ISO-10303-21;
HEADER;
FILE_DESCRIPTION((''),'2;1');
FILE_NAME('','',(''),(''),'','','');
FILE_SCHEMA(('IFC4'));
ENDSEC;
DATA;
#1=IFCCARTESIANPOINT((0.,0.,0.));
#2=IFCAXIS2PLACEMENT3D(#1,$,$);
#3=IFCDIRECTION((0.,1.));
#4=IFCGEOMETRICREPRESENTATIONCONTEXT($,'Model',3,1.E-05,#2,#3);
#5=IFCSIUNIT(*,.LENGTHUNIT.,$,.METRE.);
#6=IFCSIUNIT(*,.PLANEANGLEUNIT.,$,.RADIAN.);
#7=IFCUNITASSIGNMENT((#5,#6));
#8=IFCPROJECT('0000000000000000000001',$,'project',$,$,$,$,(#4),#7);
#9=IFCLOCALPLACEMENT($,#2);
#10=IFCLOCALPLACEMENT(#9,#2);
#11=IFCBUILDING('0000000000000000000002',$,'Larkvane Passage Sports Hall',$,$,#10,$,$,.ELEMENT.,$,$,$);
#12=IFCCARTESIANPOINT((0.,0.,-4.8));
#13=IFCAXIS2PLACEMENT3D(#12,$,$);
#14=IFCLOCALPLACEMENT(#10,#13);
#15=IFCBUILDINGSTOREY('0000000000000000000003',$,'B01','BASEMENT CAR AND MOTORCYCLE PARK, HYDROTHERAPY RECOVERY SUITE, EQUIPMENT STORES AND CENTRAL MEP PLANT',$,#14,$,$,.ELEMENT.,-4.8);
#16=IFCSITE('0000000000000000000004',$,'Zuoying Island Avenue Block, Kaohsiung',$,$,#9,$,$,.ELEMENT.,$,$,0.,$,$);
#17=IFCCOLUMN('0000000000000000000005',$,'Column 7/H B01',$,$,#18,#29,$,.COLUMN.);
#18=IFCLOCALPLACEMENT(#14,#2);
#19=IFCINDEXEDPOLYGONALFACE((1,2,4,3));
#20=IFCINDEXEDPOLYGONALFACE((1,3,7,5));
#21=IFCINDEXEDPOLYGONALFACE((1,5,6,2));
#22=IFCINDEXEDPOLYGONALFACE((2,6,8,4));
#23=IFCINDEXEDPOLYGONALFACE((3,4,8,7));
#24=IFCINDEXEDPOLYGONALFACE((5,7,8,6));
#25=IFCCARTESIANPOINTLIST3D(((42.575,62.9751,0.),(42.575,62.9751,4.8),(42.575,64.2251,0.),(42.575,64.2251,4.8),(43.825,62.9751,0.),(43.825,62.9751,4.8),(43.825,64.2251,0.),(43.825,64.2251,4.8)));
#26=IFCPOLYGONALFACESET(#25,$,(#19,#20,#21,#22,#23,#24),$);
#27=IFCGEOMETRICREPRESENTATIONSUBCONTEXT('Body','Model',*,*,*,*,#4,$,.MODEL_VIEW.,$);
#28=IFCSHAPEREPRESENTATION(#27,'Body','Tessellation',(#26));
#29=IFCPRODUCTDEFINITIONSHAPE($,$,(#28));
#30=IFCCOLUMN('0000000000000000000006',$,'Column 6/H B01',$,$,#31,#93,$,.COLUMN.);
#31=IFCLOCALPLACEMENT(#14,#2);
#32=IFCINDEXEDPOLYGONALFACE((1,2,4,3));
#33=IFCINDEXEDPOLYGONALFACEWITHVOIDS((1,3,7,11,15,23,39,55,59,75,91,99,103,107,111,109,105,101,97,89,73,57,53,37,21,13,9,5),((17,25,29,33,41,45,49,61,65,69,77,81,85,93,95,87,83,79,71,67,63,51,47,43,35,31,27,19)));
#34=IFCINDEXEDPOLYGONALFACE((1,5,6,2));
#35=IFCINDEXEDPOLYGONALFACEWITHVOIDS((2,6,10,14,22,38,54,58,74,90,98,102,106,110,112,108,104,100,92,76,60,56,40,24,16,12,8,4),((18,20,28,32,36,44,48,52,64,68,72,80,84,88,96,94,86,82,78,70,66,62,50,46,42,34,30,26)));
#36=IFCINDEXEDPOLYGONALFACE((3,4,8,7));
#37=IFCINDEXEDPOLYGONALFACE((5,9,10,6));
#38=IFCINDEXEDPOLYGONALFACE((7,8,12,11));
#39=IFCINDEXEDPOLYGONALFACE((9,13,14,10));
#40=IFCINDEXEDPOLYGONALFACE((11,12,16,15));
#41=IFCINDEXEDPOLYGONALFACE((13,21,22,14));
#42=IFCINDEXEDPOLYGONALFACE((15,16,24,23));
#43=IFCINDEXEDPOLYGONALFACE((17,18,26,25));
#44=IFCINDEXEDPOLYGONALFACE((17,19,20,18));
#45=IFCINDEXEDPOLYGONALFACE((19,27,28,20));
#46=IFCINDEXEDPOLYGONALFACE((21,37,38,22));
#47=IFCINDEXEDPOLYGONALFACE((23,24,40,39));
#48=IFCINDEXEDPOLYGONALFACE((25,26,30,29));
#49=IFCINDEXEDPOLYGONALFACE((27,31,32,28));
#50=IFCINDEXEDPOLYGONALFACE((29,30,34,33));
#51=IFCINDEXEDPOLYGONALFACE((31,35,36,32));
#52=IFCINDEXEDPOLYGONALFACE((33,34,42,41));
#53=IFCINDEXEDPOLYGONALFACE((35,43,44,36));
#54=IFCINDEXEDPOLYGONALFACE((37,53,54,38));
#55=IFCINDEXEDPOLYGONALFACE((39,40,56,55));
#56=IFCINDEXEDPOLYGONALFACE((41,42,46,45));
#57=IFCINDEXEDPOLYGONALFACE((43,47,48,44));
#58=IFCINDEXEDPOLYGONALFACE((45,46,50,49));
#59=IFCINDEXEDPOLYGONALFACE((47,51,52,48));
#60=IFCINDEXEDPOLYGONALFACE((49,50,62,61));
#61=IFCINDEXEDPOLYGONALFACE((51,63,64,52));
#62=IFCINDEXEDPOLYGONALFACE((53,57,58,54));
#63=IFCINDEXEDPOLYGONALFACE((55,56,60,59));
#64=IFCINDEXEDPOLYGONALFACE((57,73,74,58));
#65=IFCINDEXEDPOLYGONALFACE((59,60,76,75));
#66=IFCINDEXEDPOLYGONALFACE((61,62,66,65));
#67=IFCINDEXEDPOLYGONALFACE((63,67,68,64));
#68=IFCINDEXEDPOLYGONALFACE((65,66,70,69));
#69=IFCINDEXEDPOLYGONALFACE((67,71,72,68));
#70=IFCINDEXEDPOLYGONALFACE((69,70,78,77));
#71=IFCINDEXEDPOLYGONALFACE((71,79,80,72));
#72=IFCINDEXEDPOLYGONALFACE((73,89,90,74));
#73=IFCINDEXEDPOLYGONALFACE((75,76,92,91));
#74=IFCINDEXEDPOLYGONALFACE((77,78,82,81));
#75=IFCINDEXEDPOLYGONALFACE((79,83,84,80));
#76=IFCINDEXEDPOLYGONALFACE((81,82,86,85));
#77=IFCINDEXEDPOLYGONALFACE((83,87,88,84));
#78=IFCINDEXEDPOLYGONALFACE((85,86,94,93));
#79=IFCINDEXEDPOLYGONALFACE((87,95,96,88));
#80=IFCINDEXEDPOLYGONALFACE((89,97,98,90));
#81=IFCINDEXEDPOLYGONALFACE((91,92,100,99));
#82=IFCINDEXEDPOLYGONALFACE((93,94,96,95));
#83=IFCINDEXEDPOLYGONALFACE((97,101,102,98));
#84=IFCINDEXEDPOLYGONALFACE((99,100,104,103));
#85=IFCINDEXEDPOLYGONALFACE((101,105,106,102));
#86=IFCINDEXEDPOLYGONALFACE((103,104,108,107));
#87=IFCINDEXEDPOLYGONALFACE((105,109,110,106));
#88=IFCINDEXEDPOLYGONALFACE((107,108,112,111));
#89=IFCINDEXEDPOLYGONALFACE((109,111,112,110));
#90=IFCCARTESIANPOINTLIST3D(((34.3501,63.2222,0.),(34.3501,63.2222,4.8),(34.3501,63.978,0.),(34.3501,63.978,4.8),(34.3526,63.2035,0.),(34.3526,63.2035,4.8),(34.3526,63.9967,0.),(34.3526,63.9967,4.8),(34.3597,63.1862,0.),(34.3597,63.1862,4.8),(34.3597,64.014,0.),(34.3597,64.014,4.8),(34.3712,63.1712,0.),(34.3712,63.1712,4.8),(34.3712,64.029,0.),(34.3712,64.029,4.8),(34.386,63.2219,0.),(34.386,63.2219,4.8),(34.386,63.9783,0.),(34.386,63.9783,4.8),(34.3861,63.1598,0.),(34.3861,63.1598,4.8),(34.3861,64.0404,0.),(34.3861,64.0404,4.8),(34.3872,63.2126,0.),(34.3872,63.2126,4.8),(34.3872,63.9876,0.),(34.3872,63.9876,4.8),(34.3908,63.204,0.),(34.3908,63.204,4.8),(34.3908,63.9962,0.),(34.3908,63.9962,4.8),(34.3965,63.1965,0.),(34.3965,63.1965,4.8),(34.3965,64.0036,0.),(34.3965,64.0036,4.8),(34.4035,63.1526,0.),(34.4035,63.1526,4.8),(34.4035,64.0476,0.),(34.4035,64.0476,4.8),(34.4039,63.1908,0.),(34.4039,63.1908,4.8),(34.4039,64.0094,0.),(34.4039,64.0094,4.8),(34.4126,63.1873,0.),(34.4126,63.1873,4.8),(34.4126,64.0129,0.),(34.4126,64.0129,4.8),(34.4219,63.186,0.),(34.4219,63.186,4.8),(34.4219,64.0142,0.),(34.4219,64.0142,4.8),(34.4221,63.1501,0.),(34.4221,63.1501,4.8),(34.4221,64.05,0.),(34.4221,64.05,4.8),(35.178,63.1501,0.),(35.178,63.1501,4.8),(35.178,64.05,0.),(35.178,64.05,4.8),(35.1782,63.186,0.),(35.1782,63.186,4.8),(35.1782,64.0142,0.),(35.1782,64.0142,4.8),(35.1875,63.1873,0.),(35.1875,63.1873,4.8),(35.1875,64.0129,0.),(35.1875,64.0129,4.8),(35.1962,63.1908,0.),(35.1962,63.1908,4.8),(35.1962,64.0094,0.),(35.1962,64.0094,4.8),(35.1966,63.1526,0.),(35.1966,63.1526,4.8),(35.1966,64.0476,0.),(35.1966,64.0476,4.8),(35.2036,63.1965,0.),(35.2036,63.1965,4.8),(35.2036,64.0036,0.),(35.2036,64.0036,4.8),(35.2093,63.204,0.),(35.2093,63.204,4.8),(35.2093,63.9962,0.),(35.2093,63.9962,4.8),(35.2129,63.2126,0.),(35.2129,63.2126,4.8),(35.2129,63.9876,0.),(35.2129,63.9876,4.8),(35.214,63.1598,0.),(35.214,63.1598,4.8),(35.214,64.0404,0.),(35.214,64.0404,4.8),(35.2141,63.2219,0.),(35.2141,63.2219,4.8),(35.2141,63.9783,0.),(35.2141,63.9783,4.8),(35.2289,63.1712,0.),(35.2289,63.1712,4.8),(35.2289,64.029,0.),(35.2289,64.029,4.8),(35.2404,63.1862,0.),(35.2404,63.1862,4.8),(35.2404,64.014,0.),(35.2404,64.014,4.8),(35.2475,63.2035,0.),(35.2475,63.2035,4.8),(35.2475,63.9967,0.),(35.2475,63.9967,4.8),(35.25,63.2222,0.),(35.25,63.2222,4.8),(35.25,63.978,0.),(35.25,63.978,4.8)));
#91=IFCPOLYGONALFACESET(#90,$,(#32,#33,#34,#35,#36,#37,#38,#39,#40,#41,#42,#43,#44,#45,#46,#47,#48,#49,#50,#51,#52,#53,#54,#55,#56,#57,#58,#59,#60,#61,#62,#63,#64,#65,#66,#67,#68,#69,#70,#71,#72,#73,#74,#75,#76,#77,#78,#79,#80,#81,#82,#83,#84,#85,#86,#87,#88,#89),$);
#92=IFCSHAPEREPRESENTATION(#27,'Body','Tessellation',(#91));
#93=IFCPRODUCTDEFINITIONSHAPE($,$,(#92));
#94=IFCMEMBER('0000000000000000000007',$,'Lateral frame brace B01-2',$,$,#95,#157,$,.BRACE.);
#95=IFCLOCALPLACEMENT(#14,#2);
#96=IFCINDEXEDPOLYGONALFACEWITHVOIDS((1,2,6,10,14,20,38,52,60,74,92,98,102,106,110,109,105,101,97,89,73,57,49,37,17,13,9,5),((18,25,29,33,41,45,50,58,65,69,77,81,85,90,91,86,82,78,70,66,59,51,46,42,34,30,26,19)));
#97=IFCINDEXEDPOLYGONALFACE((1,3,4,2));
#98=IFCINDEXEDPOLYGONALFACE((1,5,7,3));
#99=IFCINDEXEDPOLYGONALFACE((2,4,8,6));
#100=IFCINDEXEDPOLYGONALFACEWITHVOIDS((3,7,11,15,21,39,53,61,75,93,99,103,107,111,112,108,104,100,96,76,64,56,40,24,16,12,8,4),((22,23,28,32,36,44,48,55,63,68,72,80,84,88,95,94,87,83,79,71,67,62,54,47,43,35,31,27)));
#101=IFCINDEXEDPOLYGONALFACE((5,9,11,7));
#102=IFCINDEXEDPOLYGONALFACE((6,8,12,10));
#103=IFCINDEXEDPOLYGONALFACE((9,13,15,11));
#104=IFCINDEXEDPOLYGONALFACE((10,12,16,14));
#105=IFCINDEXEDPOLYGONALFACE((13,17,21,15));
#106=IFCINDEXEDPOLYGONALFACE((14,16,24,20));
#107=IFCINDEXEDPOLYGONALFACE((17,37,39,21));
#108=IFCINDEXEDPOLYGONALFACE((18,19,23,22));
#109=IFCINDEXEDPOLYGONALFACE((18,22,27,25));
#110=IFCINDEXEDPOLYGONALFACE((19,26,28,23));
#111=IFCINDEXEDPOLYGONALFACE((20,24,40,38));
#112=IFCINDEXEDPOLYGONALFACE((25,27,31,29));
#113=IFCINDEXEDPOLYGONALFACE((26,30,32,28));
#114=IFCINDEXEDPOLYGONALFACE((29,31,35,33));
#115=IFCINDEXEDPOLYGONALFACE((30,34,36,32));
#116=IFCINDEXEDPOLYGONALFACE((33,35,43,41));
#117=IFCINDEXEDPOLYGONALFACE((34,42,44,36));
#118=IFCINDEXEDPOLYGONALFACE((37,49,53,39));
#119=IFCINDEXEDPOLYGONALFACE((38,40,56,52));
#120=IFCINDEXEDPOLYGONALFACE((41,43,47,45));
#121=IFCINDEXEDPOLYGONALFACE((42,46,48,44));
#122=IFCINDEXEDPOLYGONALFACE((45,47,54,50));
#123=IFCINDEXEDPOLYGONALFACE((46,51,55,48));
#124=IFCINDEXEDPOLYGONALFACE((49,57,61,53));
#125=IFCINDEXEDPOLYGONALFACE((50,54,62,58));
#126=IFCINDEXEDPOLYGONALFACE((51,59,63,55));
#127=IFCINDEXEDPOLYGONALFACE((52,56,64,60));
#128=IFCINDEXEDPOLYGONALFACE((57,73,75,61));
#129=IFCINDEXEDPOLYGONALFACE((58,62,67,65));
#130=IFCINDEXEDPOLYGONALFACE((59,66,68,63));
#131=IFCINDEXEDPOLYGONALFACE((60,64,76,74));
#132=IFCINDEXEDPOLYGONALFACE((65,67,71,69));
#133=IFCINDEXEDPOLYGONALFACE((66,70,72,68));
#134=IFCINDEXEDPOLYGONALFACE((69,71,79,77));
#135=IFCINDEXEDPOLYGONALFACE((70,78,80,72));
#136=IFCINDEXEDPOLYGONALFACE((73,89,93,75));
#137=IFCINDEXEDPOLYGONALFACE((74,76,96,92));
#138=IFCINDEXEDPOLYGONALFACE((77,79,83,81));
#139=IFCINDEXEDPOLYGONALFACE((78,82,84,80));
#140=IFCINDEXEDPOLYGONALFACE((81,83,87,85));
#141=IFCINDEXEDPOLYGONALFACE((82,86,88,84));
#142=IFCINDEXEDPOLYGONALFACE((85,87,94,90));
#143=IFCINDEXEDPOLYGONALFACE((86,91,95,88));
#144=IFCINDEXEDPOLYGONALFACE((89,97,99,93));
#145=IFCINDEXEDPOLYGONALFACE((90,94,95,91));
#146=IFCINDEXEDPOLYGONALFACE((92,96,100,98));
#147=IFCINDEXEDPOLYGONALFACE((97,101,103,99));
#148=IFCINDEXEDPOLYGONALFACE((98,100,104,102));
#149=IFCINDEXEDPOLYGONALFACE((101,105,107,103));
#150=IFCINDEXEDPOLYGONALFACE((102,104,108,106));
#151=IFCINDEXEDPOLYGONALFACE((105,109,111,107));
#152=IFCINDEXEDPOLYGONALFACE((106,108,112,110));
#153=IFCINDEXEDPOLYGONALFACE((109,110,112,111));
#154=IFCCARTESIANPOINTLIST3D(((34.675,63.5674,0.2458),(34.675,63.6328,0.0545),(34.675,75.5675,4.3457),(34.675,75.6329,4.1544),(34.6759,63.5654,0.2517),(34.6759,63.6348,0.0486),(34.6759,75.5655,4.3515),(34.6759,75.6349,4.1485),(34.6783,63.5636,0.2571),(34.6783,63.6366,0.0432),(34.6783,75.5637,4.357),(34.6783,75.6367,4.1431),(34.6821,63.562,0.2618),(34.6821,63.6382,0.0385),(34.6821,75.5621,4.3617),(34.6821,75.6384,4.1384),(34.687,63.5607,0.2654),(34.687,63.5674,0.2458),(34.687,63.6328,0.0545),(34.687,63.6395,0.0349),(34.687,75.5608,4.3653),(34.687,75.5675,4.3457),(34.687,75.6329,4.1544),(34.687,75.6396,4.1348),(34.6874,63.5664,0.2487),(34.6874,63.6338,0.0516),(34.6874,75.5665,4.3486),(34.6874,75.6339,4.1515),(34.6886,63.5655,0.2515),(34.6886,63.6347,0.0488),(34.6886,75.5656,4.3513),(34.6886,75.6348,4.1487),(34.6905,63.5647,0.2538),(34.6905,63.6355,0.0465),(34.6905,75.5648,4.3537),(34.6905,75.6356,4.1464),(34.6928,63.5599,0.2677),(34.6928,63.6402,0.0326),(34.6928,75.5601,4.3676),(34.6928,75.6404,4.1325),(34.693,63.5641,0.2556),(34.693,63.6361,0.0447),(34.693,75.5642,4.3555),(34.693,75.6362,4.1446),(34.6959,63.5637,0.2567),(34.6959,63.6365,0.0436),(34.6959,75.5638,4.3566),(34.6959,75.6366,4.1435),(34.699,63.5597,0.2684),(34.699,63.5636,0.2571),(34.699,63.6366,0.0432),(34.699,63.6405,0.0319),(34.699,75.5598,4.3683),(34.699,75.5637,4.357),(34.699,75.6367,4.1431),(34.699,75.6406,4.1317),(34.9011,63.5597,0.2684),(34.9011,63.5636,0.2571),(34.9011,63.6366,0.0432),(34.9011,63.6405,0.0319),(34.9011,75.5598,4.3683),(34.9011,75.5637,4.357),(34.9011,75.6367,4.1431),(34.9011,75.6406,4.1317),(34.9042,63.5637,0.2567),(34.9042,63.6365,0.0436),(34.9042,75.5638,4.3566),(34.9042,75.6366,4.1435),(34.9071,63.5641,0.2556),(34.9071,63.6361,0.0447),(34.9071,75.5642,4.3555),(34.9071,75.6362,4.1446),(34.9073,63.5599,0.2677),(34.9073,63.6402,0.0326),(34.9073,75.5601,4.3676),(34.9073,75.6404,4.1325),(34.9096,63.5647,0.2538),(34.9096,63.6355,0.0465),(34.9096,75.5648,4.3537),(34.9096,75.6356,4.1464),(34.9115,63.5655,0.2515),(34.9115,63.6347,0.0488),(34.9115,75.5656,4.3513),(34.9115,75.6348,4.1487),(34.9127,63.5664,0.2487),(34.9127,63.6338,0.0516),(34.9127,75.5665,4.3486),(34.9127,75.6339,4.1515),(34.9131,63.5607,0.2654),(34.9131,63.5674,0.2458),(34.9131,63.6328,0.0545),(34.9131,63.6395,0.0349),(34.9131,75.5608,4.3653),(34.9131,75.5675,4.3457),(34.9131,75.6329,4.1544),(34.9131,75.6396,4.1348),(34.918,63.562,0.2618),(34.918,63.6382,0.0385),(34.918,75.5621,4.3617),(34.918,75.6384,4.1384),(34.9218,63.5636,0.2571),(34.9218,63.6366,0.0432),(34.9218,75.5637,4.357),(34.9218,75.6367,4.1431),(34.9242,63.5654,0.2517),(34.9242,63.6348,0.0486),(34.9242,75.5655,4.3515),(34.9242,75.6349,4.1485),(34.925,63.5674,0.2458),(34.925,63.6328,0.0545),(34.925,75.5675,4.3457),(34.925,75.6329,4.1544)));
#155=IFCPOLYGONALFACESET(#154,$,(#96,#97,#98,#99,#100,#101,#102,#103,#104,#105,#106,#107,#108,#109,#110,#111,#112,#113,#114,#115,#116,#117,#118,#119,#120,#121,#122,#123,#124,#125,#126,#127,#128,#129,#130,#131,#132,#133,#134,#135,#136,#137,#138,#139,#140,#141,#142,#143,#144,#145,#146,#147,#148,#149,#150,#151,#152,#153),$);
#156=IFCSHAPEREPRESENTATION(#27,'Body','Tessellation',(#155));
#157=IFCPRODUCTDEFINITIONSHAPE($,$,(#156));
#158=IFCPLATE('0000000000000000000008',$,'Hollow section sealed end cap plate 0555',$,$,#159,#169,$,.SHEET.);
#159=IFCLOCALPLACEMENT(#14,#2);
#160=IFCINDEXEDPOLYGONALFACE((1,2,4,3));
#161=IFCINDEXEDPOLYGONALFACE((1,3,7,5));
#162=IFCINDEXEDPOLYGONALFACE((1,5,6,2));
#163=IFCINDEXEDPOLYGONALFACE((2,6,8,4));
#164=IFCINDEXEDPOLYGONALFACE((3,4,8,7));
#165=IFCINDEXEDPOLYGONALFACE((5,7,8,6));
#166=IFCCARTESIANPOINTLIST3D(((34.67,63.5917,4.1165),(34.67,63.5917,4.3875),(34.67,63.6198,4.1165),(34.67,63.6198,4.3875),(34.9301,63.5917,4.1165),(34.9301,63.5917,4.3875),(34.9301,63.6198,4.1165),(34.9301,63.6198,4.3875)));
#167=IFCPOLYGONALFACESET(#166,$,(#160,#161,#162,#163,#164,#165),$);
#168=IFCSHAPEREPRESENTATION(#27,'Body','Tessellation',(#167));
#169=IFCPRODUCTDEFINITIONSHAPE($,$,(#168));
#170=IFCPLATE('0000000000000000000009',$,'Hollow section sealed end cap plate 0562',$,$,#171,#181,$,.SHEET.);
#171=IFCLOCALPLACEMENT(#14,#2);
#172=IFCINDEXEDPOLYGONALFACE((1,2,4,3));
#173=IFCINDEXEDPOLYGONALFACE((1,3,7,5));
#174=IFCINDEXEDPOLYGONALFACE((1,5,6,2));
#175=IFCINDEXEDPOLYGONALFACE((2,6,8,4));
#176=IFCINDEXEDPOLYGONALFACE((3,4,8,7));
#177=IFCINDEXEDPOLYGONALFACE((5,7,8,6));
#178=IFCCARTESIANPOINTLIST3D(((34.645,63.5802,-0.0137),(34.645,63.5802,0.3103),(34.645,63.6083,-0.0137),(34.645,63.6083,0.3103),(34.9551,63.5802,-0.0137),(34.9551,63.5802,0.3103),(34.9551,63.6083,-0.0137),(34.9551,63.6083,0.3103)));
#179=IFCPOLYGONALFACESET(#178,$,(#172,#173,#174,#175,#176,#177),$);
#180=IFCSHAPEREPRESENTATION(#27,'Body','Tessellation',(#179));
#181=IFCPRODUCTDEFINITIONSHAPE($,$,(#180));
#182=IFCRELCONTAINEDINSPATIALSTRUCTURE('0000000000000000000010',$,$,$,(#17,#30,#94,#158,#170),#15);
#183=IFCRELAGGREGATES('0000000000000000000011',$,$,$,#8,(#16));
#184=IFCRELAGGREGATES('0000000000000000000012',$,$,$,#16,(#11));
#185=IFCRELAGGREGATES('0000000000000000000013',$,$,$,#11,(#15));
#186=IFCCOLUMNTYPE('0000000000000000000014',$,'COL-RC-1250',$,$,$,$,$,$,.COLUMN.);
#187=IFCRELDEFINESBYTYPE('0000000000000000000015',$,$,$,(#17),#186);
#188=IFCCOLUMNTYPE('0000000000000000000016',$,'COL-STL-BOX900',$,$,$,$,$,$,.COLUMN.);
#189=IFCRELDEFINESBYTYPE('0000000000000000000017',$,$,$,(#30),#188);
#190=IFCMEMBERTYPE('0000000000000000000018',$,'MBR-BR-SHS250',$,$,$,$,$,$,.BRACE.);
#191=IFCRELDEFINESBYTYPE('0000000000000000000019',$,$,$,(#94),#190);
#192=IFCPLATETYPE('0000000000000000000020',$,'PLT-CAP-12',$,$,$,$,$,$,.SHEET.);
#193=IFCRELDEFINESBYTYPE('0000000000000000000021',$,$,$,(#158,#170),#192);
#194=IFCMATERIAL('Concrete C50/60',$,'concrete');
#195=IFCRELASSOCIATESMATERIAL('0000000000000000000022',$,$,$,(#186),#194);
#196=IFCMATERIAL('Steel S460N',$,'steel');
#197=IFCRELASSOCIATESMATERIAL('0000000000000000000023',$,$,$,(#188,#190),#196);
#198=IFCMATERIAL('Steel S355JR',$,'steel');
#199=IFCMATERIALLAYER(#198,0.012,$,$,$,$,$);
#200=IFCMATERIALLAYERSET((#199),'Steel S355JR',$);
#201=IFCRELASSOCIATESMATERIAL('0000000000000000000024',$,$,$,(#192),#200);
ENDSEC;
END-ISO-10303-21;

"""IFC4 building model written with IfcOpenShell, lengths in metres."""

from ifc_helpers import new_model, si_unit, direction, frame, origin, origin_2d, place, context, subcontext, project, spatial, rectangle, hollow_rectangle, extrude, material, layer, layer_set, material_profile, profile_set, type_object, element, save


model = new_model("IFC4")

# Units and contexts
model_context = context("Model", 3, precision=1e-05, world=origin(), true_north=direction((0.0, 1.0)))
body_context = subcontext(model_context, "Body", "Model", "MODEL_VIEW")
ifc_project = project(units=[si_unit("LENGTHUNIT", "METRE"), si_unit("PLANEANGLEUNIT", "RADIAN")], contexts=[model_context])

# Site, building, storey
site_placement = place(None, origin())
site = spatial("IfcSite", under=ifc_project, at=site_placement, Name="Zuoying Island Avenue Block, Kaohsiung", CompositionType="ELEMENT", RefElevation=0.0)
building_placement = place(site_placement, origin())
building = spatial("IfcBuilding", under=site, at=building_placement, Name="Larkvane Passage Sports Hall", CompositionType="ELEMENT")
storey_placement = place(building_placement, frame((0.0, 0.0, -4.8)))
storey = spatial("IfcBuildingStorey", under=building, at=storey_placement, Name="B01", Description="BASEMENT CAR AND MOTORCYCLE PARK, HYDROTHERAPY RECOVERY SUITE, EQUIPMENT STORES AND CENTRAL MEP PLANT", CompositionType="ELEMENT", Elevation=-4.8)

# Columns
ifc_material_1 = material(Name="Concrete C50/60", Category="concrete")
ifc_material_profile_1 = material_profile(ifc_material_1, rectangle(XDim=1.25, YDim=1.25, at=origin_2d()), Name="RC-COL-1250x1250")
ifc_profile_set_1 = profile_set([ifc_material_profile_1], Name="Concrete C50/60")
column_type_1 = type_object("IfcColumnType", Name="COL-RC-1250", PredefinedType="COLUMN", material=ifc_profile_set_1)
column_1_placement = place(storey_placement, frame((43.2, 63.6001, 0.0), z_axis=(0.0, 0.0, 1.0), x_axis=(1.0, 0.0, 0.0)))
element("IfcColumn", 1, at=column_1_placement, inside=storey, type_object=column_type_1, Name="Column 7/H B01", PredefinedType="COLUMN", context=body_context, shape_type="SweptSolid", body=[
    extrude(rectangle(XDim=1.25, YDim=1.25, at=origin_2d()), origin(), (0.0, 0.0, 1.0), 4.8),
])
ifc_material_2 = material(Name="Steel S460N", Category="steel")
ifc_material_profile_2 = material_profile(ifc_material_2, hollow_rectangle(XDim=0.8999, YDim=0.8999, WallThickness=0.0359, InnerFilletRadius=0.0359, OuterFilletRadius=0.072, at=origin_2d()), Name="BOX-900x900x36")
ifc_profile_set_2 = profile_set([ifc_material_profile_2], Name="Steel S460N")
column_type_2 = type_object("IfcColumnType", Name="COL-STL-BOX900", PredefinedType="COLUMN", material=ifc_profile_set_2)
column_2_placement = place(storey_placement, frame((34.8, 63.6001, 0.0), z_axis=(0.0, 0.0, 1.0), x_axis=(1.0, 0.0, 0.0)))
element("IfcColumn", 2, at=column_2_placement, inside=storey, type_object=column_type_2, Name="Column 6/H B01", PredefinedType="COLUMN", context=body_context, shape_type="SweptSolid", body=[
    extrude(hollow_rectangle(XDim=0.8999, YDim=0.8999, WallThickness=0.0359, InnerFilletRadius=0.0359, OuterFilletRadius=0.072, at=origin_2d()), origin(), (0.0, 0.0, 1.0), 4.8),
])

# Member
ifc_material_profile_3 = material_profile(ifc_material_2, hollow_rectangle(XDim=0.25, YDim=0.25, WallThickness=0.012, InnerFilletRadius=0.012, OuterFilletRadius=0.0239, at=origin_2d()), Name="SHS-250x250x12")
ifc_profile_set_3 = profile_set([ifc_material_profile_3], Name="Steel S460N")
member_type = type_object("IfcMemberType", Name="MBR-BR-SHS250", PredefinedType="BRACE", material=ifc_profile_set_3)
member_placement = place(storey_placement, frame((34.8, 63.6001, 0.1501), z_axis=(0.0, 0.946295, 0.323306), x_axis=(-1.0, 0.0, 0.0)))
element("IfcMember", 3, at=member_placement, inside=storey, type_object=member_type, Name="Lateral frame brace B01-2", PredefinedType="BRACE", context=body_context, shape_type="SweptSolid", body=[
    extrude(hollow_rectangle(XDim=0.25, YDim=0.25, WallThickness=0.012, InnerFilletRadius=0.012, OuterFilletRadius=0.0239, at=origin_2d()), origin(), (0.0, 0.0, 1.0), 12.6812),
])

# Plates
ifc_material_3 = material(Name="Steel S355JR", Category="steel")
ifc_layer_1 = layer(ifc_material_3, 0.012)
ifc_layer_set_1 = layer_set([ifc_layer_1], Name="Steel S355JR")
plate_type = type_object("IfcPlateType", Name="PLT-CAP-12", PredefinedType="SHEET", material=ifc_layer_set_1)
plate_1_placement = place(storey_placement, frame((34.8, 63.6057, 4.1165), z_axis=(0.0, 0.0, 1.0), x_axis=(-1.0, 0.0, 0.0)))
element("IfcPlate", 4, at=plate_1_placement, inside=storey, type_object=plate_type, Name="Hollow section sealed end cap plate 0555", PredefinedType="SHEET", context=body_context, shape_type="SweptSolid", body=[
    extrude(rectangle(XDim=0.26, YDim=0.0281, at=origin_2d()), origin(), (0.0, 0.0, 1.0), 0.271),
])
plate_2_placement = place(storey_placement, frame((34.8, 63.5942, -0.0137), z_axis=(0.0, 0.0, 1.0), x_axis=(-1.0, 0.0, 0.0)))
element("IfcPlate", 5, at=plate_2_placement, inside=storey, type_object=plate_type, Name="Hollow section sealed end cap plate 0562", PredefinedType="SHEET", context=body_context, shape_type="SweptSolid", body=[
    extrude(rectangle(XDim=0.3101, YDim=0.0281, at=origin_2d()), origin(), (0.0, 0.0, 1.0), 0.324),
])

save(model, "model.ifc")
